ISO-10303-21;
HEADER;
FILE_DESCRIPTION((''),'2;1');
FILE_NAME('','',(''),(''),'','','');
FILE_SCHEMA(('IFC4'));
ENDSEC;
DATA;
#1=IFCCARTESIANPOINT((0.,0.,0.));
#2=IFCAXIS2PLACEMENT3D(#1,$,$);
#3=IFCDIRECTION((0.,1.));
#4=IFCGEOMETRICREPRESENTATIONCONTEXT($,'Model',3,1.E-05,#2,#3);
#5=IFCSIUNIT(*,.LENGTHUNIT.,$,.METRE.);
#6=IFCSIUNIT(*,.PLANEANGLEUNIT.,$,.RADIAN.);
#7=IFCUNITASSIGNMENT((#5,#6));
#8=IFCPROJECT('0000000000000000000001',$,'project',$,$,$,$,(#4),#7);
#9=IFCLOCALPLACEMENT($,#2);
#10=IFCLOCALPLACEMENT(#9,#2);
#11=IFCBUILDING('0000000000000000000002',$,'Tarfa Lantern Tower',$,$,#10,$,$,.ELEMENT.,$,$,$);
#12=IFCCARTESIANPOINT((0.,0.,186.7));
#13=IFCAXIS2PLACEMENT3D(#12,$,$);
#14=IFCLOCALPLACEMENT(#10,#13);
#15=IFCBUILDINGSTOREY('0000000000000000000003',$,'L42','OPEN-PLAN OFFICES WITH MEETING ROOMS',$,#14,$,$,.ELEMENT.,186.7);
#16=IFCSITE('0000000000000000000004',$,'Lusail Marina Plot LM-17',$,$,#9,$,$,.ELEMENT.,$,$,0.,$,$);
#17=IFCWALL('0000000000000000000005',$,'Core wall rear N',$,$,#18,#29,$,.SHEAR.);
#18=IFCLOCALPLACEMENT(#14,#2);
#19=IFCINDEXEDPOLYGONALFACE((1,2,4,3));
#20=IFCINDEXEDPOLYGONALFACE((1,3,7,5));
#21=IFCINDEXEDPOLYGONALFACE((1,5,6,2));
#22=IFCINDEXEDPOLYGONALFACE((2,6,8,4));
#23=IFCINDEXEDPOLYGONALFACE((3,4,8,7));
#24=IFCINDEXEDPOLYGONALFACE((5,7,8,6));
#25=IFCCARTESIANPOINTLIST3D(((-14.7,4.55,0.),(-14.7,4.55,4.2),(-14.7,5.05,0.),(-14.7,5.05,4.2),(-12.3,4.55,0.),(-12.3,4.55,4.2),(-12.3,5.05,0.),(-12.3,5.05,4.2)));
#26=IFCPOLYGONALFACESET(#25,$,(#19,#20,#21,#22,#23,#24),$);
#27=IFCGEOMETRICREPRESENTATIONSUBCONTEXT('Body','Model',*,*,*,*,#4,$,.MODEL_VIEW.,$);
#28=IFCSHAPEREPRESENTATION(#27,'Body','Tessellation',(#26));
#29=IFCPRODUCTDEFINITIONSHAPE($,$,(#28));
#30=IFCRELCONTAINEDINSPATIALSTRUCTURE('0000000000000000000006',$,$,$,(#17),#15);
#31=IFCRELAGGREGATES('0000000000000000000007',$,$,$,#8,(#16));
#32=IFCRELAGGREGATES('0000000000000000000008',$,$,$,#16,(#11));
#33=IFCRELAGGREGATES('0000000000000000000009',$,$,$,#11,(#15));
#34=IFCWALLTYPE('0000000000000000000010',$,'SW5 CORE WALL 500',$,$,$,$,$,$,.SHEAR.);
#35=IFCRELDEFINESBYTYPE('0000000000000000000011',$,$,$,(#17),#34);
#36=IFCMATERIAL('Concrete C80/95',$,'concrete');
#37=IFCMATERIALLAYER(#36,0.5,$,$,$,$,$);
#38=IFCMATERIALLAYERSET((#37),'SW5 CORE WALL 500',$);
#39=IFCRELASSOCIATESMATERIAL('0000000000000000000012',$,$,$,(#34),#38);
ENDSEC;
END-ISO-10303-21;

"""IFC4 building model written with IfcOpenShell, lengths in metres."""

from ifc_helpers import new_model, si_unit, direction, frame, frame_2d, origin, place, context, subcontext, project, spatial, rectangle, extrude, material, layer, layer_set, type_object, element, save


model = new_model("IFC4")

# Units and contexts
model_context = context("Model", 3, precision=1e-05, world=origin(), true_north=direction((0.0, 1.0)))
body_context = subcontext(model_context, "Body", "Model", "MODEL_VIEW")
ifc_project = project(units=[si_unit("LENGTHUNIT", "METRE"), si_unit("PLANEANGLEUNIT", "RADIAN")], contexts=[model_context])

# Site, building, storey
site_placement = place(None, origin())
site = spatial("IfcSite", under=ifc_project, at=site_placement, Name="Lusail Marina Plot LM-17", CompositionType="ELEMENT", RefElevation=0.0)
building_placement = place(site_placement, origin())
building = spatial("IfcBuilding", under=site, at=building_placement, Name="Tarfa Lantern Tower", CompositionType="ELEMENT")
storey_placement = place(building_placement, frame((0.0, 0.0, 186.7)))
storey = spatial("IfcBuildingStorey", under=building, at=storey_placement, Name="L42", Description="OPEN-PLAN OFFICES WITH MEETING ROOMS", CompositionType="ELEMENT", Elevation=186.7)

# Shared definitions
ifc_material_1 = material(Name="Concrete C80/95", Category="concrete")
ifc_layer_1 = layer(ifc_material_1, 0.5)
ifc_layer_set_1 = layer_set([ifc_layer_1], Name="SW5 CORE WALL 500")
wall_type_1 = type_object("IfcWallType", Name="SW5 CORE WALL 500", PredefinedType="SHEAR", material=ifc_layer_set_1)

# Wall
wall_1_placement = place(storey_placement, frame((-14.7, 4.8, 0.0), z_axis=(0.0, 0.0, 1.0), x_axis=(1.0, 0.0, 0.0)))
element("IfcWall", 1, at=wall_1_placement, inside=storey, type_object=wall_type_1, Name="Core wall rear N", PredefinedType="SHEAR", context=body_context, shape_type="SweptSolid", body=[
    extrude(rectangle(XDim=2.3999, YDim=0.5, at=frame_2d((1.2, 0.0))), origin(), (0.0, 0.0, 1.0), 4.2),
])

save(model, "model.ifc")
